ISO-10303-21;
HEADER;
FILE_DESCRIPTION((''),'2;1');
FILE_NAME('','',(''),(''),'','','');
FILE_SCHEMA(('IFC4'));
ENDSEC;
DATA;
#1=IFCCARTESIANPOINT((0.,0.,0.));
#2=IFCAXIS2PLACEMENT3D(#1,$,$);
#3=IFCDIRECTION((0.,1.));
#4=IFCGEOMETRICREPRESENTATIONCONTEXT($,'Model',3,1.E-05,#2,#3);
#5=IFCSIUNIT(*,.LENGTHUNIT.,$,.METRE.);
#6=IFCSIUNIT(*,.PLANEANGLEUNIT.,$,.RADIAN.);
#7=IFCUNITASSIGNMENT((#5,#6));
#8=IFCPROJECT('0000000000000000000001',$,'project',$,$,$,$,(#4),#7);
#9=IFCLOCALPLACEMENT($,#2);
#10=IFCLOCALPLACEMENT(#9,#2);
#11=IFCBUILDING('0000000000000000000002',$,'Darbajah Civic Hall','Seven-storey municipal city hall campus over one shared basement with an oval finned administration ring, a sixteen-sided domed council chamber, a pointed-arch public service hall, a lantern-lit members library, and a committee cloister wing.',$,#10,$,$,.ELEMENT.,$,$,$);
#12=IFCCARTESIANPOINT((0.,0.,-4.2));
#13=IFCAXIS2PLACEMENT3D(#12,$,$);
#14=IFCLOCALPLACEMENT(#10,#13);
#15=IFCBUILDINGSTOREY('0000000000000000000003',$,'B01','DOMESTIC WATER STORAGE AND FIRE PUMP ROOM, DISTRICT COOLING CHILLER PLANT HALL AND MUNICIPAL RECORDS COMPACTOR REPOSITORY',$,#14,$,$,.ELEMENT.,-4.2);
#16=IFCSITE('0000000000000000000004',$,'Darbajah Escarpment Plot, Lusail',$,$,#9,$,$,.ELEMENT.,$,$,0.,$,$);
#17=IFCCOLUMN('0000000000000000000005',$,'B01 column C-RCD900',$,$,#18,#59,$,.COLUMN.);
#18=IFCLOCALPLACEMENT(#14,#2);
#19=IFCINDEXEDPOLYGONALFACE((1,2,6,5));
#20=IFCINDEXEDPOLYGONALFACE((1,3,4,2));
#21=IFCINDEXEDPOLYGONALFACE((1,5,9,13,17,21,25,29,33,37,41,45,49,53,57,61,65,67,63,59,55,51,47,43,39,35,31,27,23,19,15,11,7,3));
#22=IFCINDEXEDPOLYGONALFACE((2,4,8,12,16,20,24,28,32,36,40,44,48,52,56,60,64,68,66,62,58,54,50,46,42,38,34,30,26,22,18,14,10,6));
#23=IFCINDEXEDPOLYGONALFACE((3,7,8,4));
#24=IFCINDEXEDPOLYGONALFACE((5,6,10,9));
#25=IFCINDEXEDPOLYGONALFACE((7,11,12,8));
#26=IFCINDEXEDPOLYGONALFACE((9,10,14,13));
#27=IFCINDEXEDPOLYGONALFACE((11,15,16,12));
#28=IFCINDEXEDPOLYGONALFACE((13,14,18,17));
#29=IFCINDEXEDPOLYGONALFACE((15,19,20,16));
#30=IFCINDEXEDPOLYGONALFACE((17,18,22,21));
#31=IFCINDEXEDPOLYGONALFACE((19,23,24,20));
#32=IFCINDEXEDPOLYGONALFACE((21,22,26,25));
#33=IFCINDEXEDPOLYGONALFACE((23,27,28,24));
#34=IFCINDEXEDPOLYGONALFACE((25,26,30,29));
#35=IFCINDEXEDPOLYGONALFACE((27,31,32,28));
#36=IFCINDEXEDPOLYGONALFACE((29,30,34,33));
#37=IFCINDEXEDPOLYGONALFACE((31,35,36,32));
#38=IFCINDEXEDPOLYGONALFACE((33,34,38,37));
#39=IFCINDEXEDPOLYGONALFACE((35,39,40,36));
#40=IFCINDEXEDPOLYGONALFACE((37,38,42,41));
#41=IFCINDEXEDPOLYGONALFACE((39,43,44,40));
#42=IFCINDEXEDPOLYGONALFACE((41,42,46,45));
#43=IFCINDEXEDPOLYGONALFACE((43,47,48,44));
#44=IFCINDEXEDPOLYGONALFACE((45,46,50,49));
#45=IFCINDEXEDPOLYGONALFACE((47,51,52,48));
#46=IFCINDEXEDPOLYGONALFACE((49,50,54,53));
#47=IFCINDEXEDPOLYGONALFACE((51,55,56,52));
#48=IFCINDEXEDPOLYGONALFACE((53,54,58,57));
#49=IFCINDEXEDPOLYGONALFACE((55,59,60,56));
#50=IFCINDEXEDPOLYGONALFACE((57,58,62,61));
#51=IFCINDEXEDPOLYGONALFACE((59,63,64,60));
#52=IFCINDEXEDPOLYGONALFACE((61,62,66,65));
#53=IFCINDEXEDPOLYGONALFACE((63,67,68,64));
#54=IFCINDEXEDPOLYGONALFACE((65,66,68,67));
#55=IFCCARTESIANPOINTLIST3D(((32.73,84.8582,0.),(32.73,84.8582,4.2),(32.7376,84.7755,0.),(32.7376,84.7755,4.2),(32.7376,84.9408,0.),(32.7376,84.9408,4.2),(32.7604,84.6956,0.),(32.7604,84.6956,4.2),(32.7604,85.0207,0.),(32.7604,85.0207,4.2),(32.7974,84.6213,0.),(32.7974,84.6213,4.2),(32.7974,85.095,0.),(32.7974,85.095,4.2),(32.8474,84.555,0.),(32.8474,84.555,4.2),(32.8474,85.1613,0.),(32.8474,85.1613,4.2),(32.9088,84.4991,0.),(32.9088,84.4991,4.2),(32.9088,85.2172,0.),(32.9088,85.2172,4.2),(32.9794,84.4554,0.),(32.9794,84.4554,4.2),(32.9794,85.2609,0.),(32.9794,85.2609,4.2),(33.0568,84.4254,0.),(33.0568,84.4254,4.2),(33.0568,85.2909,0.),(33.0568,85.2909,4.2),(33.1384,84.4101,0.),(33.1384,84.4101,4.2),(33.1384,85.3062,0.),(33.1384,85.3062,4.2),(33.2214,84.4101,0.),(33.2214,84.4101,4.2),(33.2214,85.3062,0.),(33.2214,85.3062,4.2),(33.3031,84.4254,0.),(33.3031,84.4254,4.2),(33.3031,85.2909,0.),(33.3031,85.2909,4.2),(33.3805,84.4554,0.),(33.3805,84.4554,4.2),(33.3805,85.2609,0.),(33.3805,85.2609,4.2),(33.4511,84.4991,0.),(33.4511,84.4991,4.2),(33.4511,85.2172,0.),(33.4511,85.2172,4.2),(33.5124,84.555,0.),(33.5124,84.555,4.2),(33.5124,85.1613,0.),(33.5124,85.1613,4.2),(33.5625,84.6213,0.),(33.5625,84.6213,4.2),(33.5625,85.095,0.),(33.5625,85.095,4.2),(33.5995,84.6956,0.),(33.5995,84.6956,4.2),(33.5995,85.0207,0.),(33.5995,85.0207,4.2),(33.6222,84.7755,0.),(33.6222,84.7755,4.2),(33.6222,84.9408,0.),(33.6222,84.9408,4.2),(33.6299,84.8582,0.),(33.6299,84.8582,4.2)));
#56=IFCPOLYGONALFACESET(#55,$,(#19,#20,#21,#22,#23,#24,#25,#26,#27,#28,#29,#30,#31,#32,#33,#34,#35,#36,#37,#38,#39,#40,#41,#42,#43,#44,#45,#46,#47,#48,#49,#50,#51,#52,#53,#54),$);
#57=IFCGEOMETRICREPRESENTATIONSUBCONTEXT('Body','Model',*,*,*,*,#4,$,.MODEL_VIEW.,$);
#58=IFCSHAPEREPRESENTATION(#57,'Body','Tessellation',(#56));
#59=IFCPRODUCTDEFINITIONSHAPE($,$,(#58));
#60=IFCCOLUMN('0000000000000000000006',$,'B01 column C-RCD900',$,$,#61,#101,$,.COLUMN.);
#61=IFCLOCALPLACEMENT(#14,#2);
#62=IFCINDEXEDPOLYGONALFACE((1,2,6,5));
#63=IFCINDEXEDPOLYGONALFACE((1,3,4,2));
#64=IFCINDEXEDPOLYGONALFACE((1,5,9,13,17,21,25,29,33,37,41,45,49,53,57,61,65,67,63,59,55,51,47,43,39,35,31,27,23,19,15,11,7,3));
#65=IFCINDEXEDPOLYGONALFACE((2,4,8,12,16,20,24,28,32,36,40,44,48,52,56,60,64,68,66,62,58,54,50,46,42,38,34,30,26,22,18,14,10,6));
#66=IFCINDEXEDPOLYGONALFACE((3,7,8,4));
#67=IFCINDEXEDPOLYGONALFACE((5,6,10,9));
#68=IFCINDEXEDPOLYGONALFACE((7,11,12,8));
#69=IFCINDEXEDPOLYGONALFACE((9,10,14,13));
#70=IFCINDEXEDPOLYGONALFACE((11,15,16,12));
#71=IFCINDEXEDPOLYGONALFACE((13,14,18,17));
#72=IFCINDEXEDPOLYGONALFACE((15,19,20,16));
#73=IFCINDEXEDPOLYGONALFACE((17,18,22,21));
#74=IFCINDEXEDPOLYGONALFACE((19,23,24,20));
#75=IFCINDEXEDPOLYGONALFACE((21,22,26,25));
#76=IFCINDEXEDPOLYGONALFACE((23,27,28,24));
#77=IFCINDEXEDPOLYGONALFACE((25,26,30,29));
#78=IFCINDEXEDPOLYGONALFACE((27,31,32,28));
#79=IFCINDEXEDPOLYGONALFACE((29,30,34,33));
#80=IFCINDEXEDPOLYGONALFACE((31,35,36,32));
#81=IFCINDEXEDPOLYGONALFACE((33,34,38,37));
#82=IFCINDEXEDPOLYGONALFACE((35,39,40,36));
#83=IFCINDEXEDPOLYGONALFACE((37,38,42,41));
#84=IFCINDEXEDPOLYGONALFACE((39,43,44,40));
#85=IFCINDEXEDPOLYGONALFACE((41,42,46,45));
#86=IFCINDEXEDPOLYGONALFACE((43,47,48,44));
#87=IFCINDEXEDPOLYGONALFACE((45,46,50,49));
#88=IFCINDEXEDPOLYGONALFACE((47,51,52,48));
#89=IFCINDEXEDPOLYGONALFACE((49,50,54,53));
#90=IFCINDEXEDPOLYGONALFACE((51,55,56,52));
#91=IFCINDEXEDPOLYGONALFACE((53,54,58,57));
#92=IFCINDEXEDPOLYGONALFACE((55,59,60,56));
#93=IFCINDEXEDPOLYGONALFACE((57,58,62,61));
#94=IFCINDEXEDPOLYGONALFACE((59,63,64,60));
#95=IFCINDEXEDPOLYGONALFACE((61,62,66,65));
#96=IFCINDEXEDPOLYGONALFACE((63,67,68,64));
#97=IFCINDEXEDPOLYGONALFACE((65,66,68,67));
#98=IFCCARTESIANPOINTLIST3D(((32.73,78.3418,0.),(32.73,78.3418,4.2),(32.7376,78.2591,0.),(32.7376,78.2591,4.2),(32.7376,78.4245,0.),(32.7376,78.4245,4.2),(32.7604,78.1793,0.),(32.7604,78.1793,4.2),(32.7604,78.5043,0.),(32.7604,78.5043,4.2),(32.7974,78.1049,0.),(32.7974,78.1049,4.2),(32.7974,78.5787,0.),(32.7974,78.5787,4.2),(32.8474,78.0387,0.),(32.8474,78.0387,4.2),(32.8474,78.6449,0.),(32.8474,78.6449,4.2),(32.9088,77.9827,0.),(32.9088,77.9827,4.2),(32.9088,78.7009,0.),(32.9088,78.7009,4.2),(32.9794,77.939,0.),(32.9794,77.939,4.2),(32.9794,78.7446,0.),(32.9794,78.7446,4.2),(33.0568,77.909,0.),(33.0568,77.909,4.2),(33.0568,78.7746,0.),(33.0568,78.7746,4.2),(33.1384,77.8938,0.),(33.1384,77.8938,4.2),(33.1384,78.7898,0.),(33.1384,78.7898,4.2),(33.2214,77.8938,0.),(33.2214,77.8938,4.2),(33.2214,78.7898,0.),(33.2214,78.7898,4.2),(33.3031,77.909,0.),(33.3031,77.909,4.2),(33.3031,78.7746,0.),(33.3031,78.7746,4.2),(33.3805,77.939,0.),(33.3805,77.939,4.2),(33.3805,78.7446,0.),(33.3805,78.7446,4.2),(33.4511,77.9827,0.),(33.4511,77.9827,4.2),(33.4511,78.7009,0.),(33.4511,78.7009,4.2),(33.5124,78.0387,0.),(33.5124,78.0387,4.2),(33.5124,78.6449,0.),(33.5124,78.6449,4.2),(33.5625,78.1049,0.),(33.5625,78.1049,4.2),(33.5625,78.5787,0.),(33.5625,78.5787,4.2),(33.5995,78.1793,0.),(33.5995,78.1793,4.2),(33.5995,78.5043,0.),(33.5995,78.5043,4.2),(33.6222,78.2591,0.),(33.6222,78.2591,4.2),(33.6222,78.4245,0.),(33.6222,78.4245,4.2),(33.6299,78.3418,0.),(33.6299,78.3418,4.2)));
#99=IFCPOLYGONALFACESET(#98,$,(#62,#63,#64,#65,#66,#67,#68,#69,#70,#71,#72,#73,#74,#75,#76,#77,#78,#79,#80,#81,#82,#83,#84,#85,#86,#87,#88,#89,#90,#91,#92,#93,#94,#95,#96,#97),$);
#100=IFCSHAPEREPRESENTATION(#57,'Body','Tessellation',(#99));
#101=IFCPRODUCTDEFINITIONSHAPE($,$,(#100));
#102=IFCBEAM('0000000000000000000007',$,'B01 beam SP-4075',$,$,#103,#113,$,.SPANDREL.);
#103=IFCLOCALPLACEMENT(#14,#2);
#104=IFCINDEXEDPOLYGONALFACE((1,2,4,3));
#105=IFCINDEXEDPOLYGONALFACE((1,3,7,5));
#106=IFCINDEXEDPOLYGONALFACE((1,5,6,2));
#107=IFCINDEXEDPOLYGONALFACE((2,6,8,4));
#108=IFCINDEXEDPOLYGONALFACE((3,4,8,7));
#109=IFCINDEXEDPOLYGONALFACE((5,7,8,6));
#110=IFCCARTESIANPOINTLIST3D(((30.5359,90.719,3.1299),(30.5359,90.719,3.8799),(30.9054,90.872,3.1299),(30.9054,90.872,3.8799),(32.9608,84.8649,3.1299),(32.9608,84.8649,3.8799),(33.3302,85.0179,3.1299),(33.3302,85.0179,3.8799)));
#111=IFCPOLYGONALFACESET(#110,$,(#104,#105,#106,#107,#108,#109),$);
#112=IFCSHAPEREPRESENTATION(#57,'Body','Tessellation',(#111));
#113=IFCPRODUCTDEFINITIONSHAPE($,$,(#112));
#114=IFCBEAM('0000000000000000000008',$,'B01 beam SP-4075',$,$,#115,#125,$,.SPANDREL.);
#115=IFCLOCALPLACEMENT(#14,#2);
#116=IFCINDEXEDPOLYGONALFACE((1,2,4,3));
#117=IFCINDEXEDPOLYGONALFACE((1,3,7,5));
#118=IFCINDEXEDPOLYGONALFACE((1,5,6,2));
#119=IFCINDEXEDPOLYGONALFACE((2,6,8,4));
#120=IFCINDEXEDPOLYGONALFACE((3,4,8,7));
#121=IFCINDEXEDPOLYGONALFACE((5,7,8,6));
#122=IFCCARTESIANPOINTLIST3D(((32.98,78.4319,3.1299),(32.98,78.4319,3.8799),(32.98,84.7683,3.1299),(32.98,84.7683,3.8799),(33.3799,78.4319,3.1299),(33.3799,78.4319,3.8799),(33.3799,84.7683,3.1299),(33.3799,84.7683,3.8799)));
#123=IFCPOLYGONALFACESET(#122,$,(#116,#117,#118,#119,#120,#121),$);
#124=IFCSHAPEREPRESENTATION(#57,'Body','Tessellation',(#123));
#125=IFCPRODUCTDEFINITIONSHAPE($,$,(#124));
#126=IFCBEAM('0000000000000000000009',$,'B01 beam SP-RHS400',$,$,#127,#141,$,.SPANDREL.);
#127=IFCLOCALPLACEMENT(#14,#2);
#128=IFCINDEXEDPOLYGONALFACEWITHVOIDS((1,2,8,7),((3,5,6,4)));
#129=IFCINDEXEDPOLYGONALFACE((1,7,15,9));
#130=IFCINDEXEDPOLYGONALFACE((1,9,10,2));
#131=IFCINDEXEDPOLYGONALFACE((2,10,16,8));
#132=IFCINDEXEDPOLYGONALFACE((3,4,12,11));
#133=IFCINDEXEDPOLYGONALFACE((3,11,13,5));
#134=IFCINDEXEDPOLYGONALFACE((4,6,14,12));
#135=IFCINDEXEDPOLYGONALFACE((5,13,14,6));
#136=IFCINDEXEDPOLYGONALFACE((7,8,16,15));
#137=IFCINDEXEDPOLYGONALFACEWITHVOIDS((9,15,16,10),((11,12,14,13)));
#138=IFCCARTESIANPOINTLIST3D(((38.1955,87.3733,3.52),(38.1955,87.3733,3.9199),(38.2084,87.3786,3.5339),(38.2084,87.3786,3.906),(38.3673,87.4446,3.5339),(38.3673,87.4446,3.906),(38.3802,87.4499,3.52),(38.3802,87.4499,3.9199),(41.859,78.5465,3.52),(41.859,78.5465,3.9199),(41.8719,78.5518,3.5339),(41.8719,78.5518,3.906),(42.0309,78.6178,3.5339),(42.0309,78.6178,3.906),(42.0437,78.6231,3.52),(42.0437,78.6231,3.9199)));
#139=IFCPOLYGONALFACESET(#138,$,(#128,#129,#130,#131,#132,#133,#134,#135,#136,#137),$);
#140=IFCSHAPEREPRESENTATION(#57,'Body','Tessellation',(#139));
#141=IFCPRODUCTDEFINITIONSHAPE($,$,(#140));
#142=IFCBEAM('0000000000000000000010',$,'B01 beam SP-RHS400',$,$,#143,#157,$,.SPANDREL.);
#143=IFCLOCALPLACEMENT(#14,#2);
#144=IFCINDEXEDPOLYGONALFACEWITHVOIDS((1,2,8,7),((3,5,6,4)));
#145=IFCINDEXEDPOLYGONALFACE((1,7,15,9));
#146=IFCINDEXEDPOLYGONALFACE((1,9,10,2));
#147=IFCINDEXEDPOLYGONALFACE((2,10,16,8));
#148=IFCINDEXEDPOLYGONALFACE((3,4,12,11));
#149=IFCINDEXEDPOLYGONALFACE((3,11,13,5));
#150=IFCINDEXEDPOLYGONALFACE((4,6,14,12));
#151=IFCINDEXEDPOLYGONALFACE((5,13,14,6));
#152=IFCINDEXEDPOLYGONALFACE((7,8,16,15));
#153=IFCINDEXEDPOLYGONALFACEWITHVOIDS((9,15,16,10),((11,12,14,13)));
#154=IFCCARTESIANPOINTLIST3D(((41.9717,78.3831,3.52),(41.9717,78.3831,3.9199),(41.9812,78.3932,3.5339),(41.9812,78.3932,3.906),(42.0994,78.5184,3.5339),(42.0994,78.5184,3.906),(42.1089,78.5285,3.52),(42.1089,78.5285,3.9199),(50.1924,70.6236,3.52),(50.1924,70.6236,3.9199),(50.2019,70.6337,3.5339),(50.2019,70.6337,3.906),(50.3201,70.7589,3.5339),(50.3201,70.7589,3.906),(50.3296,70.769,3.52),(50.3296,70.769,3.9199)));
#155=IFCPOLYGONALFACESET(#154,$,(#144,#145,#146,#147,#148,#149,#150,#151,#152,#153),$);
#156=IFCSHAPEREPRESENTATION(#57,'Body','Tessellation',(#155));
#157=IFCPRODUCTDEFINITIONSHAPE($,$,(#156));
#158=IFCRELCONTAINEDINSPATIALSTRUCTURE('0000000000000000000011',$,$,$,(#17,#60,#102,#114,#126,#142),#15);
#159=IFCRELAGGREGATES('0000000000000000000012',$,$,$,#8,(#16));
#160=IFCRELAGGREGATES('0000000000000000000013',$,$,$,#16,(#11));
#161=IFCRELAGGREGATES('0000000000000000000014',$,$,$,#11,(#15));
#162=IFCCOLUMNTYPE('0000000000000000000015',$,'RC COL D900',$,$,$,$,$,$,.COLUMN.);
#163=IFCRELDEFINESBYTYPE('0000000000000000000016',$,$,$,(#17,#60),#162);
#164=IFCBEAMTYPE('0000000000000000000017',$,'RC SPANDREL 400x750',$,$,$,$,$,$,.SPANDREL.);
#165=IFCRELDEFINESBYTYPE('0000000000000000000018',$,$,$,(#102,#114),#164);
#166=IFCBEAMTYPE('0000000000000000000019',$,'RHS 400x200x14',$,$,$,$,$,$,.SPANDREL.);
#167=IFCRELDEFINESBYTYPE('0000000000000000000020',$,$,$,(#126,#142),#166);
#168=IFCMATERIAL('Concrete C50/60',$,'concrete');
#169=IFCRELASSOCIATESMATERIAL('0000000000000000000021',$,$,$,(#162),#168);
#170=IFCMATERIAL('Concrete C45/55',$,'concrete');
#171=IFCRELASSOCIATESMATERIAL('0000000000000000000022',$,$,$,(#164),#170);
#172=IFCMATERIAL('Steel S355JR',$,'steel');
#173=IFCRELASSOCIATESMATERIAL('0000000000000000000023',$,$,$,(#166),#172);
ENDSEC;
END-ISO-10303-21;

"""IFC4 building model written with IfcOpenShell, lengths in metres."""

from ifc_helpers import new_model, si_unit, direction, frame, origin, origin_2d, place, context, subcontext, project, spatial, rectangle, hollow_rectangle, circle, extrude, material, material_profile, profile_set, type_object, element, save


model = new_model("IFC4")

# Units and contexts
model_context = context("Model", 3, precision=1e-05, world=origin(), true_north=direction((0.0, 1.0)))
body_context = subcontext(model_context, "Body", "Model", "MODEL_VIEW")
ifc_project = project(units=[si_unit("LENGTHUNIT", "METRE"), si_unit("PLANEANGLEUNIT", "RADIAN")], contexts=[model_context])

# Site, building, storey
site_placement = place(None, origin())
site = spatial("IfcSite", under=ifc_project, at=site_placement, Name="Darbajah Escarpment Plot, Lusail", CompositionType="ELEMENT", RefElevation=0.0)
building_placement = place(site_placement, origin())
building = spatial("IfcBuilding", under=site, at=building_placement, Name="Darbajah Civic Hall", Description="Seven-storey municipal city hall campus over one shared basement with an oval finned administration ring, a sixteen-sided domed council chamber, a pointed-arch public service hall, a lantern-lit members library, and a committee cloister wing.", CompositionType="ELEMENT")
storey_placement = place(building_placement, frame((0.0, 0.0, -4.2)))
storey = spatial("IfcBuildingStorey", under=building, at=storey_placement, Name="B01", Description="DOMESTIC WATER STORAGE AND FIRE PUMP ROOM, DISTRICT COOLING CHILLER PLANT HALL AND MUNICIPAL RECORDS COMPACTOR REPOSITORY", CompositionType="ELEMENT", Elevation=-4.2)

# Shared definitions
ifc_material_1 = material(Name="Concrete C45/55", Category="concrete")

# Columns
ifc_material_2 = material(Name="Concrete C50/60", Category="concrete")
ifc_material_profile_1 = material_profile(ifc_material_2, circle(Radius=0.45, at=origin_2d()), Name="RC COL D900")
ifc_profile_set_1 = profile_set([ifc_material_profile_1], Name="Concrete C50/60")
column_type_1 = type_object("IfcColumnType", Name="RC COL D900", PredefinedType="COLUMN", material=ifc_profile_set_1)
for number, where, z_axis, x_axis, name in (
    (1, (33.1799, 84.8582, 0.0), (0.0, 0.0, 1.0), (1.0, 0.0, 0.0), "B01 column C-RCD900"),
    (2, (33.1799, 78.3418, 0.0), (0.0, 0.0, 1.0), (1.0, 0.0, 0.0), "B01 column C-RCD900"),
):
    element("IfcColumn", number, at=place(storey_placement, frame(where, z_axis=z_axis, x_axis=x_axis)), inside=storey, type_object=column_type_1, Name=name, PredefinedType="COLUMN", context=body_context, shape_type="SweptSolid", body=[
        extrude(circle(Radius=0.45, at=origin_2d()), origin(), (0.0, 0.0, 1.0), 4.2),
    ])

# Beams
ifc_material_profile_2 = material_profile(ifc_material_1, rectangle(XDim=0.3999, YDim=0.75, at=origin_2d()), Name="RC SPANDREL 400x750")
ifc_profile_set_2 = profile_set([ifc_material_profile_2], Name="Concrete C45/55")
beam_type_1 = type_object("IfcBeamType", Name="RC SPANDREL 400x750", PredefinedType="SPANDREL", material=ifc_profile_set_2)
for number, where, z_axis, x_axis, name in (
    (3, (33.1455, 84.9414, 3.5049), (-0.382683, 0.92388, 0.0), (-0.92388, -0.382683, 0.0), "B01 beam SP-4075"),
    (4, (33.1799, 78.4319, 3.5049), (0.0, 1.0, 0.0), (-1.0, 0.0, 0.0), "B01 beam SP-4075"),
):
    element("IfcBeam", number, at=place(storey_placement, frame(where, z_axis=z_axis, x_axis=x_axis)), inside=storey, type_object=beam_type_1, Name=name, PredefinedType="SPANDREL", context=body_context, shape_type="SweptSolid", body=[
        extrude(rectangle(XDim=0.3999, YDim=0.75, at=origin_2d()), origin(), (0.0, 0.0, 1.0), 6.3364),
    ])
ifc_material_3 = material(Name="Steel S355JR", Category="steel")
ifc_material_profile_3 = material_profile(ifc_material_3, hollow_rectangle(XDim=0.2, YDim=0.3999, WallThickness=0.0139, at=origin_2d()), Name="RHS 400x200x14")
ifc_profile_set_3 = profile_set([ifc_material_profile_3], Name="Steel S355JR")
beam_type_2 = type_object("IfcBeamType", Name="RHS 400x200x14", PredefinedType="SPANDREL", material=ifc_profile_set_3)
beam_1_placement = place(storey_placement, frame((38.2878, 87.4116, 3.72), z_axis=(0.38334, -0.923607, 0.0), x_axis=(0.923607, 0.38334, 0.0)))
element("IfcBeam", 5, at=beam_1_placement, inside=storey, type_object=beam_type_2, Name="B01 beam SP-RHS400", PredefinedType="SPANDREL", context=body_context, shape_type="SweptSolid", body=[
    extrude(hollow_rectangle(XDim=0.2, YDim=0.3999, WallThickness=0.0139, at=origin_2d()), origin(), (0.0, 0.0, 1.0), 9.5569),
])
beam_2_placement = place(storey_placement, frame((42.0403, 78.4558, 3.72), z_axis=(0.727211, -0.686414, 0.0), x_axis=(0.686414, 0.727211, 0.0)))
element("IfcBeam", 6, at=beam_2_placement, inside=storey, type_object=beam_type_2, Name="B01 beam SP-RHS400", PredefinedType="SPANDREL", context=body_context, shape_type="SweptSolid", body=[
    extrude(hollow_rectangle(XDim=0.2, YDim=0.3999, WallThickness=0.0139, at=origin_2d()), origin(), (0.0, 0.0, 1.0), 11.3044),
])

save(model, "model.ifc")
